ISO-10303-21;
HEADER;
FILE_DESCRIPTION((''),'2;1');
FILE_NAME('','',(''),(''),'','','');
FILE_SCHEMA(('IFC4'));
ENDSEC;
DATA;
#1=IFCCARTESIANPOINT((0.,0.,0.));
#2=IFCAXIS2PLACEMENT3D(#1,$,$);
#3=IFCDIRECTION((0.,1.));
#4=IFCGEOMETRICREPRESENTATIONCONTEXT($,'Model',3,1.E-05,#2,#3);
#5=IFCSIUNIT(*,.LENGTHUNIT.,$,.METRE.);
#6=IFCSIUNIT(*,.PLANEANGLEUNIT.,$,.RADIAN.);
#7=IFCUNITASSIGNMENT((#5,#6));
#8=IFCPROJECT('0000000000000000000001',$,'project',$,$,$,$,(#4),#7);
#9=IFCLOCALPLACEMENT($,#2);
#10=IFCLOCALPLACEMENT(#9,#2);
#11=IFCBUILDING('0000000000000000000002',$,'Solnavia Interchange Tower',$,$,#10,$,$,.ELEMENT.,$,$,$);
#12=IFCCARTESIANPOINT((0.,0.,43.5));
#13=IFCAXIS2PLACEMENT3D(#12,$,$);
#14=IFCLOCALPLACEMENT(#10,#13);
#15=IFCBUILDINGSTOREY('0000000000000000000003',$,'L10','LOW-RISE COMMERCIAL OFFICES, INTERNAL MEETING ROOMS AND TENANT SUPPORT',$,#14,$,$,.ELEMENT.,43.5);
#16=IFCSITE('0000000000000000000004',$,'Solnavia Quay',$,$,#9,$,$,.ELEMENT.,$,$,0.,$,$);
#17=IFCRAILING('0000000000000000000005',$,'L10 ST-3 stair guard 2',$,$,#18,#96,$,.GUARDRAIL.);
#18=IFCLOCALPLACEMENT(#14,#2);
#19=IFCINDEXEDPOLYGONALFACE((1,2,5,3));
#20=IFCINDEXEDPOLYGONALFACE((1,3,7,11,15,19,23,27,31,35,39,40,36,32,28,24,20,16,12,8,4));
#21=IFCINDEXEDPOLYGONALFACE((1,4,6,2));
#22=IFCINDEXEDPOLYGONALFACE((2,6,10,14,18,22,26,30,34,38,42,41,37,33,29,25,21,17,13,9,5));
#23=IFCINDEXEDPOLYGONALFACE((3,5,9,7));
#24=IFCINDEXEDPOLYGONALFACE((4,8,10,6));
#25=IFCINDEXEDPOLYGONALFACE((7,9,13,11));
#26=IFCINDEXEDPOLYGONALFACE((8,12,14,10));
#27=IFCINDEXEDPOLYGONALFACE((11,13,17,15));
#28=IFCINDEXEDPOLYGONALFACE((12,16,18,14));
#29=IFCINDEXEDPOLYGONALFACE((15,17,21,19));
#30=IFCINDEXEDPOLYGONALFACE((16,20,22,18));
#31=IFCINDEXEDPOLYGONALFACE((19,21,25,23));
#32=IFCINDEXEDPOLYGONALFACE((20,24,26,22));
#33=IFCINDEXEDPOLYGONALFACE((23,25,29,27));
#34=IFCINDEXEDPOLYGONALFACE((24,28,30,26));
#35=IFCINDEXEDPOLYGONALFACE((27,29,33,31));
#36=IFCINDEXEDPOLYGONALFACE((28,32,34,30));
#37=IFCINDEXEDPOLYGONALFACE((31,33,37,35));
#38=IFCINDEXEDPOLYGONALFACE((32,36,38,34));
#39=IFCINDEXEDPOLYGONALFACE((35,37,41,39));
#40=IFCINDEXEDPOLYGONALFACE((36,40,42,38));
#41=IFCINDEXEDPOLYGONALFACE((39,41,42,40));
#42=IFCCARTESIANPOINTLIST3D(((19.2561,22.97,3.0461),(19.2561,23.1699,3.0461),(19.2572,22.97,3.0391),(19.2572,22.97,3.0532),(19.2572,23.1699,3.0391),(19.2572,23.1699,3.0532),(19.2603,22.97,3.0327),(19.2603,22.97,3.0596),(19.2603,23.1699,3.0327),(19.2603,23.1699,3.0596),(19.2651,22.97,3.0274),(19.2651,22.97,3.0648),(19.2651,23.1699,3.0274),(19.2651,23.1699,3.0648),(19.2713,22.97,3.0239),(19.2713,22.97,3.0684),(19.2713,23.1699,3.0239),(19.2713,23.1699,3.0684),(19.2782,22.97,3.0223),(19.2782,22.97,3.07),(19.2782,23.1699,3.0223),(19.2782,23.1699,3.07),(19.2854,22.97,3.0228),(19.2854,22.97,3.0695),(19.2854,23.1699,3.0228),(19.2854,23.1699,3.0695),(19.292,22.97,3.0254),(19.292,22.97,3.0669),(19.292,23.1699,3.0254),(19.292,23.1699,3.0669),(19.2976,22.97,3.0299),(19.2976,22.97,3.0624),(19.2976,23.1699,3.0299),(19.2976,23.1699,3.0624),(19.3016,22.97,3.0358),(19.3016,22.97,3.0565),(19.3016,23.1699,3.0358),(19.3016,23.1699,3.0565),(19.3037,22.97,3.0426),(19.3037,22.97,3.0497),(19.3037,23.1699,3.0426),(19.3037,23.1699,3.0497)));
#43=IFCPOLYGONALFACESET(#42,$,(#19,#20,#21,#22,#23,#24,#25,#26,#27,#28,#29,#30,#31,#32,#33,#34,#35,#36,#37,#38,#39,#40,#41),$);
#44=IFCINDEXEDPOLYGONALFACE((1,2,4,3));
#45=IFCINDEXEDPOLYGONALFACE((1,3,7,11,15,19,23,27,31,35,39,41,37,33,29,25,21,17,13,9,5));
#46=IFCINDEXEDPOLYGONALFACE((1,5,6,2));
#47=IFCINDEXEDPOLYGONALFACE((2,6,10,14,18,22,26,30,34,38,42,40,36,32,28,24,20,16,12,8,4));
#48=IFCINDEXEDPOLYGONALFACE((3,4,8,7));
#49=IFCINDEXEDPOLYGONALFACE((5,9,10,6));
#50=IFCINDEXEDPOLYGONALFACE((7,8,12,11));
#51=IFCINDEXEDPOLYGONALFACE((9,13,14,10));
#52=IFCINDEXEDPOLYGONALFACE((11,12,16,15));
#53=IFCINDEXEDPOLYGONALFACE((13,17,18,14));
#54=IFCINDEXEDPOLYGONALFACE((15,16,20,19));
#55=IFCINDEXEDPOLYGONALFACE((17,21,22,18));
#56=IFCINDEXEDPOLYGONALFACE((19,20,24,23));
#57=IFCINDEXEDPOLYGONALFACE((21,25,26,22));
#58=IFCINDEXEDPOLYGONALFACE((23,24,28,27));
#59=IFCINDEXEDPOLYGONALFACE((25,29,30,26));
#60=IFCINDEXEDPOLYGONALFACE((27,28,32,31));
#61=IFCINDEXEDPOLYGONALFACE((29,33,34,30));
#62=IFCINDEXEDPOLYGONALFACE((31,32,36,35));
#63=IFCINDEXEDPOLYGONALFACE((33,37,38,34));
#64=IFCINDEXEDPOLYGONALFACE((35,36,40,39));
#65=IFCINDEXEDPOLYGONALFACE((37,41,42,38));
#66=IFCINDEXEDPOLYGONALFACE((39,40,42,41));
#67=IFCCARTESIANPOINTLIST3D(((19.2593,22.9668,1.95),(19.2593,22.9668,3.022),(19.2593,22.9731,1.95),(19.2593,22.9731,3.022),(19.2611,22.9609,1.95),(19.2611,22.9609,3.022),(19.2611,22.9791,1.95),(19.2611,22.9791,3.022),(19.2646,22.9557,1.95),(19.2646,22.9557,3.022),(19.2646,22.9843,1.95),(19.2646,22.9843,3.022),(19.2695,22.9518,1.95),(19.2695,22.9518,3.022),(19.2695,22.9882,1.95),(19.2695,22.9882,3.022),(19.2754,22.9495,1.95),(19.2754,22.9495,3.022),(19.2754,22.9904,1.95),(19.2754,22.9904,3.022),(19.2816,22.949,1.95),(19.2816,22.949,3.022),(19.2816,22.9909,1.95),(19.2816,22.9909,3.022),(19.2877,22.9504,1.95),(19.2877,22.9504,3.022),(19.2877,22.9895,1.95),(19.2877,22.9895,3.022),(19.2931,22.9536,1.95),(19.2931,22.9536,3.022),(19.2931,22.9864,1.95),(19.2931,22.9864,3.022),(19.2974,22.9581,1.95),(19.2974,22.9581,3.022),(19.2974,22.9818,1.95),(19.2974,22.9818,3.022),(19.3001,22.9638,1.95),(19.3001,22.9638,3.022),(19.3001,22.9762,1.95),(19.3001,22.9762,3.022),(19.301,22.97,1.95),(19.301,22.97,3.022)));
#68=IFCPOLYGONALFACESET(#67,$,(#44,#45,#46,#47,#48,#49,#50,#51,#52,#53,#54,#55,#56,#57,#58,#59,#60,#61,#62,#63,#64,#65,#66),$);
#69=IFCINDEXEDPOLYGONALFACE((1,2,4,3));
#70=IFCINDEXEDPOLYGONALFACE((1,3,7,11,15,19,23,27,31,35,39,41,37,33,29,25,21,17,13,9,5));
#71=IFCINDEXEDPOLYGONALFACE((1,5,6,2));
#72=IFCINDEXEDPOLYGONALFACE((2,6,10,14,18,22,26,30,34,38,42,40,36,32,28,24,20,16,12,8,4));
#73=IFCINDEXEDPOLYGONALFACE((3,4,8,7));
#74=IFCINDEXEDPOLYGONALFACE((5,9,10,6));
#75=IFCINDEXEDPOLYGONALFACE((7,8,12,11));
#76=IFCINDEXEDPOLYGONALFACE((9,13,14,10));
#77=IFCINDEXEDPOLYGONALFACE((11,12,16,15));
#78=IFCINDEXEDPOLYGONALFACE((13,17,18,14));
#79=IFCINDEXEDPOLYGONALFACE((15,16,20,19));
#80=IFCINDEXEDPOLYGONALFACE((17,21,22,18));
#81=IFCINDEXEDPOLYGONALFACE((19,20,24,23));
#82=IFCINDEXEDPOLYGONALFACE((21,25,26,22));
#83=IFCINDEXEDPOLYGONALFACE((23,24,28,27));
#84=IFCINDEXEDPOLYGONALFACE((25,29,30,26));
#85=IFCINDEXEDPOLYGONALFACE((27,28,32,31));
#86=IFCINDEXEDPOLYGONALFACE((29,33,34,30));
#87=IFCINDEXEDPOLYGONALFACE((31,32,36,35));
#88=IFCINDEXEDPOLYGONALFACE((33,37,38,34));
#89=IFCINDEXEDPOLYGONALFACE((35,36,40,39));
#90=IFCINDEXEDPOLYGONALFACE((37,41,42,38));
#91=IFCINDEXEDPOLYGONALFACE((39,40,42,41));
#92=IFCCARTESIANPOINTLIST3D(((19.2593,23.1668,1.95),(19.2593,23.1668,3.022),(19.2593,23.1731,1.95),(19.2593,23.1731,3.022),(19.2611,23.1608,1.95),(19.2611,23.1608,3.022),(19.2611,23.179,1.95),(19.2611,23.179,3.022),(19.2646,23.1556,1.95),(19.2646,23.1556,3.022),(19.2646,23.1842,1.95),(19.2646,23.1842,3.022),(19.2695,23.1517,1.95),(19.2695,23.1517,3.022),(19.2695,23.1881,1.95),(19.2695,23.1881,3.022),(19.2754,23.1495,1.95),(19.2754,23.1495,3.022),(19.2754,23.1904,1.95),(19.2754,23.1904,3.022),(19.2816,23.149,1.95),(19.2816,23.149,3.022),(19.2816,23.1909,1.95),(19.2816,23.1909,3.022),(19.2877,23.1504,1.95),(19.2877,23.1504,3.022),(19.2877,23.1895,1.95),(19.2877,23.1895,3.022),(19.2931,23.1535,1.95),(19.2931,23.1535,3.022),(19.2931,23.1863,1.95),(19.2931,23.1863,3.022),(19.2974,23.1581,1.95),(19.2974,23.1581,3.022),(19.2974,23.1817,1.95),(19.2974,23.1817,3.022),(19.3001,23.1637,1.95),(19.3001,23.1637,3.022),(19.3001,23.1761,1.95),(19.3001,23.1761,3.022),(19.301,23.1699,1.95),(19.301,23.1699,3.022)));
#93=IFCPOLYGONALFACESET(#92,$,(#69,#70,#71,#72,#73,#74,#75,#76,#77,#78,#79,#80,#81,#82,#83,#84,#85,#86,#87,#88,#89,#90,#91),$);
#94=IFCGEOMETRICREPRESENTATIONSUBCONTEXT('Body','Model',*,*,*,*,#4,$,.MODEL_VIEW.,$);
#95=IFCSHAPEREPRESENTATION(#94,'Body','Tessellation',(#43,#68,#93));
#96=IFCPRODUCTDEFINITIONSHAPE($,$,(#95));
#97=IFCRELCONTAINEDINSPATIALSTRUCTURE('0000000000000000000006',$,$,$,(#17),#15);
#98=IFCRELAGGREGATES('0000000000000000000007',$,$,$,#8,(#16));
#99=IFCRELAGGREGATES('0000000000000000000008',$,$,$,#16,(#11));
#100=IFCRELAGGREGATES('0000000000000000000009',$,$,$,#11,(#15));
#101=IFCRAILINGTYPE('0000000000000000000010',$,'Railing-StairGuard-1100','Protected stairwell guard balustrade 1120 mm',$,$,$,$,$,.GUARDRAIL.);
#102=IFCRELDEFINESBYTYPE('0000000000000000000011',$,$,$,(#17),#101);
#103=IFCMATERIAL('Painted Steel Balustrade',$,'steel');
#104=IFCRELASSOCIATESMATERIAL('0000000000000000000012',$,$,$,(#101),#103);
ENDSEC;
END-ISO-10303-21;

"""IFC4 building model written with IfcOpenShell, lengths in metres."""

from ifc_helpers import new_model, si_unit, direction, frame, origin, origin_2d, place, context, subcontext, project, spatial, circle, extrude, material, type_object, element, save


model = new_model("IFC4")

# Units and contexts
model_context = context("Model", 3, precision=1e-05, world=origin(), true_north=direction((0.0, 1.0)))
body_context = subcontext(model_context, "Body", "Model", "MODEL_VIEW")
ifc_project = project(units=[si_unit("LENGTHUNIT", "METRE"), si_unit("PLANEANGLEUNIT", "RADIAN")], contexts=[model_context])

# Site, building, storey
site_placement = place(None, origin())
site = spatial("IfcSite", under=ifc_project, at=site_placement, Name="Solnavia Quay", CompositionType="ELEMENT", RefElevation=0.0)
building_placement = place(site_placement, origin())
building = spatial("IfcBuilding", under=site, at=building_placement, Name="Solnavia Interchange Tower", CompositionType="ELEMENT")
storey_placement = place(building_placement, frame((0.0, 0.0, 43.5)))
storey = spatial("IfcBuildingStorey", under=building, at=storey_placement, Name="L10", Description="LOW-RISE COMMERCIAL OFFICES, INTERNAL MEETING ROOMS AND TENANT SUPPORT", CompositionType="ELEMENT", Elevation=43.5)

# Railing
ifc_material_1 = material(Name="Painted Steel Balustrade", Category="steel")
railing_type_1 = type_object("IfcRailingType", Name="Railing-StairGuard-1100", Description="Protected stairwell guard balustrade 1120 mm", PredefinedType="GUARDRAIL", material=ifc_material_1)
railing_1_placement = place(storey_placement, frame((19.28, 22.97, 1.95)))
element("IfcRailing", 1, at=railing_1_placement, inside=storey, type_object=railing_type_1, Name="L10 ST-3 stair guard 2", PredefinedType="GUARDRAIL", context=body_context, shape_type="SweptSolid", body=[
    extrude(circle(Radius=0.0239, at=origin_2d()), frame((0.0, 0.0, 1.0962), z_axis=(0.0, 1.0, 0.0), x_axis=(-1.0, 0.0, 0.0)), (0.0, 0.0, 1.0), 0.2),
    extrude(circle(Radius=0.021, at=origin_2d()), origin(), (0.0, 0.0, 1.0), 1.072),
    extrude(circle(Radius=0.021, at=origin_2d()), frame((0.0, 0.2, 0.0)), (0.0, 0.0, 1.0), 1.072),
])

save(model, "model.ifc")
